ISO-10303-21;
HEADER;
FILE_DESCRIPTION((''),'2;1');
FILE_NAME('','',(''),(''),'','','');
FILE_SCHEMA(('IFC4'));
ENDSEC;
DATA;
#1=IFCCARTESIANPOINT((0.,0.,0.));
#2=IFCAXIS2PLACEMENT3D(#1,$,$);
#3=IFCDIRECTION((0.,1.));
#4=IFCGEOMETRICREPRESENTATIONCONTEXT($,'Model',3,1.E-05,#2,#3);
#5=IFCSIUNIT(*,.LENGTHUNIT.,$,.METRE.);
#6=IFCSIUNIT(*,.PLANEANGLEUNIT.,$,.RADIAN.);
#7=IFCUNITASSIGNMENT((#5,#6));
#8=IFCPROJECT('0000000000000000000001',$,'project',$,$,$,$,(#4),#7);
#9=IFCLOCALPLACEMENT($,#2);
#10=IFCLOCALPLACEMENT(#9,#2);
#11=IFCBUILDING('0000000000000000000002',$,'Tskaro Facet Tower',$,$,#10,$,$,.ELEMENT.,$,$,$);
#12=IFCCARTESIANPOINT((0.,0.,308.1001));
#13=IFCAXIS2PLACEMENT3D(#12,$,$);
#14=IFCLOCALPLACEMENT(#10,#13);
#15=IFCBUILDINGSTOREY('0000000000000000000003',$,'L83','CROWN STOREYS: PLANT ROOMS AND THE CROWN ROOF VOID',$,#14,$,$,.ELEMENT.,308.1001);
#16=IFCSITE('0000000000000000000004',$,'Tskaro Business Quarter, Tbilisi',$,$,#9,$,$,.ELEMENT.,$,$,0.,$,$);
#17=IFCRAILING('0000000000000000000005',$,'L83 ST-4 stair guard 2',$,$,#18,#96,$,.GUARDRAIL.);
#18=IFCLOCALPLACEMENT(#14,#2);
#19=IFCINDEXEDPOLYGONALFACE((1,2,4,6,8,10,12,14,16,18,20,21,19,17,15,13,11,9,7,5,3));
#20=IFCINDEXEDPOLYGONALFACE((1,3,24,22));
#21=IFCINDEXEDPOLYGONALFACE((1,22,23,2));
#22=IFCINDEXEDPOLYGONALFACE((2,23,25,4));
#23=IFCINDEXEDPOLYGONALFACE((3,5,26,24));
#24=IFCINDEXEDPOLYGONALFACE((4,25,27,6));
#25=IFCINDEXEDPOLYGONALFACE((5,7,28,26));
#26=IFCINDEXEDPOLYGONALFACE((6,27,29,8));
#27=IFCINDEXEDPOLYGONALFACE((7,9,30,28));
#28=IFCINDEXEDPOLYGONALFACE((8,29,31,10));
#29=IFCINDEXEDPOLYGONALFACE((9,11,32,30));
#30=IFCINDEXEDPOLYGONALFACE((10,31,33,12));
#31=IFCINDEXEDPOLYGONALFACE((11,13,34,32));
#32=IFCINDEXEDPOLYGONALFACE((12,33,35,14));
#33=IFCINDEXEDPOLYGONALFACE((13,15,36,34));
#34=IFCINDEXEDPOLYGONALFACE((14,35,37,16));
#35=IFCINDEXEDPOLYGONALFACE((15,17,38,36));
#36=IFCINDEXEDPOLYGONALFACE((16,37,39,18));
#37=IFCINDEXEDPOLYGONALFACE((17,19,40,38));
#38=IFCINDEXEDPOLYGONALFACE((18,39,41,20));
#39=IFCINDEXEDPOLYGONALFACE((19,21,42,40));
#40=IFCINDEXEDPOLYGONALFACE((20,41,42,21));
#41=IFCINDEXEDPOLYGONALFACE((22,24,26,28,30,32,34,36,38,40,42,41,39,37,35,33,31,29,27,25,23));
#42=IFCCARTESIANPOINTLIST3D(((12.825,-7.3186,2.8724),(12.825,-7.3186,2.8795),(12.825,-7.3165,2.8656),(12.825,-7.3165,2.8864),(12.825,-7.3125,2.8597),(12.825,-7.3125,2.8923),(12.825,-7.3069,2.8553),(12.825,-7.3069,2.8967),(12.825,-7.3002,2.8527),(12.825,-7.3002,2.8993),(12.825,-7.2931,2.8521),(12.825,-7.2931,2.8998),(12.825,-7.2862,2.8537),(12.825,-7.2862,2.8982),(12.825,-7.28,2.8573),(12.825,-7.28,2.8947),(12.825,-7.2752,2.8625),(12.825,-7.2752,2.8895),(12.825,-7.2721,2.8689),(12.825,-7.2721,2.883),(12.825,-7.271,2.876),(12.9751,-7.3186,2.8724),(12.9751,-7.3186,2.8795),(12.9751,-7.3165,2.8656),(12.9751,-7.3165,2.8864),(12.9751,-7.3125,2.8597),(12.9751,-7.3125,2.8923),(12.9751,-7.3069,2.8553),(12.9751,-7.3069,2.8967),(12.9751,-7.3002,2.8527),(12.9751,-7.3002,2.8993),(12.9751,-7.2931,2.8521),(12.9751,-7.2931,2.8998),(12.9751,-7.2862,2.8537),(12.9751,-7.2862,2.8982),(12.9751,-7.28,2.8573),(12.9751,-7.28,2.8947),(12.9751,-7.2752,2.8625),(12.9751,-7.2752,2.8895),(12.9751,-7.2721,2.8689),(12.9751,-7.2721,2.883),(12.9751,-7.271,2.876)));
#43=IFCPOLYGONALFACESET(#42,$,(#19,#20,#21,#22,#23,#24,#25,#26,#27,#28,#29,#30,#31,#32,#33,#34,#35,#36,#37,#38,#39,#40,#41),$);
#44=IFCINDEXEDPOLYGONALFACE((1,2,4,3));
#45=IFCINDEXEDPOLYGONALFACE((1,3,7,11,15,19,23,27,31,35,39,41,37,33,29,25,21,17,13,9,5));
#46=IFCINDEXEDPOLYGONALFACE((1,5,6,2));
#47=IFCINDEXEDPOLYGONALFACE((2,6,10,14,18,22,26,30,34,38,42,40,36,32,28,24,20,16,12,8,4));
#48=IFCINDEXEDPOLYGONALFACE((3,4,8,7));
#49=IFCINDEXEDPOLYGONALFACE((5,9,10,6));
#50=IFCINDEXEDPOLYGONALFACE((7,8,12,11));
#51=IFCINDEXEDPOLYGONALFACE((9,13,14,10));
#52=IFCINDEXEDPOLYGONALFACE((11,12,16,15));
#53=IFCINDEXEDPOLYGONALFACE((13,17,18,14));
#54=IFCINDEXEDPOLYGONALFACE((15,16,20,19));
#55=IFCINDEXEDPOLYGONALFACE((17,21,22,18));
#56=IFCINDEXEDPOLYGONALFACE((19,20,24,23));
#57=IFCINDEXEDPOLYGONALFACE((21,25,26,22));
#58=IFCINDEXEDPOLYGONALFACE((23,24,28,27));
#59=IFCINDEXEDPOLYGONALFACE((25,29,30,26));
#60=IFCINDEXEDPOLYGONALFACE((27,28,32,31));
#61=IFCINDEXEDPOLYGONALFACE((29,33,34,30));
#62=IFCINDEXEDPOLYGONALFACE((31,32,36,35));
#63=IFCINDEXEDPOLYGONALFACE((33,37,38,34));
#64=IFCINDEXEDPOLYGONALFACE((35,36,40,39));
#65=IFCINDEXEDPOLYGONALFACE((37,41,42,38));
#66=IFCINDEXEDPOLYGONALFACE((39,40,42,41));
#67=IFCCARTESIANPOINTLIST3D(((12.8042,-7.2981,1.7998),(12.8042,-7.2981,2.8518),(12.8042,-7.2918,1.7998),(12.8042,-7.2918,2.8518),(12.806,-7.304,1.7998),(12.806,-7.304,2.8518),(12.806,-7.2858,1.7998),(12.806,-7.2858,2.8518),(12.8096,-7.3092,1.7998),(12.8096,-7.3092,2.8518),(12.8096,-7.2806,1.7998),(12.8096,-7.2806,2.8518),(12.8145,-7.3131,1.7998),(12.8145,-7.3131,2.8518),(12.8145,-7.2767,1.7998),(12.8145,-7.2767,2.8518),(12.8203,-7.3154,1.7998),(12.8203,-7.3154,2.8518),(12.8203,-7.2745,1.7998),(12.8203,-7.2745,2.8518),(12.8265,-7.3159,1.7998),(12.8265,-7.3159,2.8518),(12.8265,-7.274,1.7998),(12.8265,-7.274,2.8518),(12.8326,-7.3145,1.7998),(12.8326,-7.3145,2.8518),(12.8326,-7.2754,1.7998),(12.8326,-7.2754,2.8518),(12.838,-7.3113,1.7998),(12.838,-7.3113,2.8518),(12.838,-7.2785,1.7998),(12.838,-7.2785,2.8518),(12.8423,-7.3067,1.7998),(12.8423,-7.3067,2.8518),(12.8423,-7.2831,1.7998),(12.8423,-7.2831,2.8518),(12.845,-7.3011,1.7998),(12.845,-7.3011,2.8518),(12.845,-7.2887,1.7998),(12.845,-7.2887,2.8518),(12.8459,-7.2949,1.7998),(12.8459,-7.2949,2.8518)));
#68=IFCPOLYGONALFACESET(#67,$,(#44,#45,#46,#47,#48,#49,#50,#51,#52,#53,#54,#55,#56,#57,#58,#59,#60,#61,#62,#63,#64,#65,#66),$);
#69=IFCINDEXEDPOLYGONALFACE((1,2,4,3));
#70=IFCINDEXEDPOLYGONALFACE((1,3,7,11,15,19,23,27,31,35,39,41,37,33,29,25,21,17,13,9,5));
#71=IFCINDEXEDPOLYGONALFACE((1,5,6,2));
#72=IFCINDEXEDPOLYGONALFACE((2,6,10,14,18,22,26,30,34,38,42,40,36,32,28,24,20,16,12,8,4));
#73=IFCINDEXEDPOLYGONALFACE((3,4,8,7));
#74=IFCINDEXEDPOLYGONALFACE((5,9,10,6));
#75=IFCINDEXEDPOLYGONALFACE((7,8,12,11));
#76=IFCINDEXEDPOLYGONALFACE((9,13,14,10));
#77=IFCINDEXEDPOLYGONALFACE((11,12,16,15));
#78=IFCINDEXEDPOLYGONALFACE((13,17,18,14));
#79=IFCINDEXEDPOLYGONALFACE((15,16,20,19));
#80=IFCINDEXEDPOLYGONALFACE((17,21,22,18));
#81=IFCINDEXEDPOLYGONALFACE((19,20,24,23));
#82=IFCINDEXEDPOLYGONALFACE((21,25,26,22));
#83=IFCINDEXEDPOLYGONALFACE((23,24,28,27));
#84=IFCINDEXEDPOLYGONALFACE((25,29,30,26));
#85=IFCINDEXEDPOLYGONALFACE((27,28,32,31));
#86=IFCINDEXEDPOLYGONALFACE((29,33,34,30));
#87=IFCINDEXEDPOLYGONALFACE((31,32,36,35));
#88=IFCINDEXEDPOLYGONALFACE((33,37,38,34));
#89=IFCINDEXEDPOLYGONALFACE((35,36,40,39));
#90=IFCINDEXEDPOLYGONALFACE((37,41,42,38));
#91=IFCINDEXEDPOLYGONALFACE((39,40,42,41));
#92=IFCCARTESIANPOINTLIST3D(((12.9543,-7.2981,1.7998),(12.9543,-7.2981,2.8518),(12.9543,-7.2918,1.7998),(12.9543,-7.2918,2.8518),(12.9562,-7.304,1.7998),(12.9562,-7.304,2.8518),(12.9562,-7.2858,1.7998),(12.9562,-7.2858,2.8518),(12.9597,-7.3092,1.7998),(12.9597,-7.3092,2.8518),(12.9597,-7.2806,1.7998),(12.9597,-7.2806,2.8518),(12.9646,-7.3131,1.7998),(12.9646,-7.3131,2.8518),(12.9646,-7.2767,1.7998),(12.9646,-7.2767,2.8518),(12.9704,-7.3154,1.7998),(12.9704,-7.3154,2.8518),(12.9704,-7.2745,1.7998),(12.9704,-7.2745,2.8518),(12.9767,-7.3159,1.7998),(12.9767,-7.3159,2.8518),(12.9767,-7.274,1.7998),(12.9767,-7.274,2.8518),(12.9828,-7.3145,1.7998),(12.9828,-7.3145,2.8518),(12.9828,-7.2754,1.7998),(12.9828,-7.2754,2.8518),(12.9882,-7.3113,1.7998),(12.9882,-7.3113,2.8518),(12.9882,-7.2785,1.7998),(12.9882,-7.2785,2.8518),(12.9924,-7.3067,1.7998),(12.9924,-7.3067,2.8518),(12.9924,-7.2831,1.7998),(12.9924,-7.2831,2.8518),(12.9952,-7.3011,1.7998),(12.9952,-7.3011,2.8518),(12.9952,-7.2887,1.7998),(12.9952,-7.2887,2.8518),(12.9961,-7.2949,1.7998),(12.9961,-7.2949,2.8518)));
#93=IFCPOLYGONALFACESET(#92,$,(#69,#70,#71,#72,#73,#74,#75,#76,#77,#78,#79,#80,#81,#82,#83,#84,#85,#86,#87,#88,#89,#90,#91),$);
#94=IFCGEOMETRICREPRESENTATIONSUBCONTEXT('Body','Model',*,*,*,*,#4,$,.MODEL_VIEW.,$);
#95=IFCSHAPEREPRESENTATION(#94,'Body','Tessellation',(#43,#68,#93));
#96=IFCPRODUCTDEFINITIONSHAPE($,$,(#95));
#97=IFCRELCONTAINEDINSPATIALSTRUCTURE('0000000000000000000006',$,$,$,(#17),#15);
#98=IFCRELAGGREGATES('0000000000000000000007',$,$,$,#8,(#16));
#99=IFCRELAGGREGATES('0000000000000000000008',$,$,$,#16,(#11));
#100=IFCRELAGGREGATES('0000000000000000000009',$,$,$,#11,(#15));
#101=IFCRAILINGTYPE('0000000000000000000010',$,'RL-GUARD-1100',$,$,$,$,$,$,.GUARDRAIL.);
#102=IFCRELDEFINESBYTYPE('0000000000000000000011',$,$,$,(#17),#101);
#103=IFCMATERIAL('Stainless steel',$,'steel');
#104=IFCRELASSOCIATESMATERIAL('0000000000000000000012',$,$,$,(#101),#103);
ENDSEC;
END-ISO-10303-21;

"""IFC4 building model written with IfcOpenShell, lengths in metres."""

from ifc_helpers import new_model, si_unit, direction, frame, origin, origin_2d, place, context, subcontext, project, spatial, circle, extrude, material, type_object, element, save


model = new_model("IFC4")

# Units and contexts
model_context = context("Model", 3, precision=1e-05, world=origin(), true_north=direction((0.0, 1.0)))
body_context = subcontext(model_context, "Body", "Model", "MODEL_VIEW")
ifc_project = project(units=[si_unit("LENGTHUNIT", "METRE"), si_unit("PLANEANGLEUNIT", "RADIAN")], contexts=[model_context])

# Site, building, storey
site_placement = place(None, origin())
site = spatial("IfcSite", under=ifc_project, at=site_placement, Name="Tskaro Business Quarter, Tbilisi", CompositionType="ELEMENT", RefElevation=0.0)
building_placement = place(site_placement, origin())
building = spatial("IfcBuilding", under=site, at=building_placement, Name="Tskaro Facet Tower", CompositionType="ELEMENT")
storey_placement = place(building_placement, frame((0.0, 0.0, 308.1001)))
storey = spatial("IfcBuildingStorey", under=building, at=storey_placement, Name="L83", Description="CROWN STOREYS: PLANT ROOMS AND THE CROWN ROOF VOID", CompositionType="ELEMENT", Elevation=308.1001)

# Railing
ifc_material_1 = material(Name="Stainless steel", Category="steel")
railing_type_1 = type_object("IfcRailingType", Name="RL-GUARD-1100", PredefinedType="GUARDRAIL", material=ifc_material_1)
railing_1_placement = place(storey_placement, frame((12.825, -7.2949, 1.7998)))
element("IfcRailing", 1, at=railing_1_placement, inside=storey, type_object=railing_type_1, Name="L83 ST-4 stair guard 2", PredefinedType="GUARDRAIL", context=body_context, shape_type="SweptSolid", body=[
    extrude(circle(Radius=0.0239, at=origin_2d()), frame((0.0, 0.0, 1.0762), z_axis=(1.0, 0.0, 0.0), x_axis=(0.0, 1.0, 0.0)), (0.0, 0.0, 1.0), 0.1501),
    extrude(circle(Radius=0.021, at=origin_2d()), origin(), (0.0, 0.0, 1.0), 1.052),
    extrude(circle(Radius=0.021, at=origin_2d()), frame((0.1501, 0.0, 0.0)), (0.0, 0.0, 1.0), 1.052),
])

save(model, "model.ifc")
